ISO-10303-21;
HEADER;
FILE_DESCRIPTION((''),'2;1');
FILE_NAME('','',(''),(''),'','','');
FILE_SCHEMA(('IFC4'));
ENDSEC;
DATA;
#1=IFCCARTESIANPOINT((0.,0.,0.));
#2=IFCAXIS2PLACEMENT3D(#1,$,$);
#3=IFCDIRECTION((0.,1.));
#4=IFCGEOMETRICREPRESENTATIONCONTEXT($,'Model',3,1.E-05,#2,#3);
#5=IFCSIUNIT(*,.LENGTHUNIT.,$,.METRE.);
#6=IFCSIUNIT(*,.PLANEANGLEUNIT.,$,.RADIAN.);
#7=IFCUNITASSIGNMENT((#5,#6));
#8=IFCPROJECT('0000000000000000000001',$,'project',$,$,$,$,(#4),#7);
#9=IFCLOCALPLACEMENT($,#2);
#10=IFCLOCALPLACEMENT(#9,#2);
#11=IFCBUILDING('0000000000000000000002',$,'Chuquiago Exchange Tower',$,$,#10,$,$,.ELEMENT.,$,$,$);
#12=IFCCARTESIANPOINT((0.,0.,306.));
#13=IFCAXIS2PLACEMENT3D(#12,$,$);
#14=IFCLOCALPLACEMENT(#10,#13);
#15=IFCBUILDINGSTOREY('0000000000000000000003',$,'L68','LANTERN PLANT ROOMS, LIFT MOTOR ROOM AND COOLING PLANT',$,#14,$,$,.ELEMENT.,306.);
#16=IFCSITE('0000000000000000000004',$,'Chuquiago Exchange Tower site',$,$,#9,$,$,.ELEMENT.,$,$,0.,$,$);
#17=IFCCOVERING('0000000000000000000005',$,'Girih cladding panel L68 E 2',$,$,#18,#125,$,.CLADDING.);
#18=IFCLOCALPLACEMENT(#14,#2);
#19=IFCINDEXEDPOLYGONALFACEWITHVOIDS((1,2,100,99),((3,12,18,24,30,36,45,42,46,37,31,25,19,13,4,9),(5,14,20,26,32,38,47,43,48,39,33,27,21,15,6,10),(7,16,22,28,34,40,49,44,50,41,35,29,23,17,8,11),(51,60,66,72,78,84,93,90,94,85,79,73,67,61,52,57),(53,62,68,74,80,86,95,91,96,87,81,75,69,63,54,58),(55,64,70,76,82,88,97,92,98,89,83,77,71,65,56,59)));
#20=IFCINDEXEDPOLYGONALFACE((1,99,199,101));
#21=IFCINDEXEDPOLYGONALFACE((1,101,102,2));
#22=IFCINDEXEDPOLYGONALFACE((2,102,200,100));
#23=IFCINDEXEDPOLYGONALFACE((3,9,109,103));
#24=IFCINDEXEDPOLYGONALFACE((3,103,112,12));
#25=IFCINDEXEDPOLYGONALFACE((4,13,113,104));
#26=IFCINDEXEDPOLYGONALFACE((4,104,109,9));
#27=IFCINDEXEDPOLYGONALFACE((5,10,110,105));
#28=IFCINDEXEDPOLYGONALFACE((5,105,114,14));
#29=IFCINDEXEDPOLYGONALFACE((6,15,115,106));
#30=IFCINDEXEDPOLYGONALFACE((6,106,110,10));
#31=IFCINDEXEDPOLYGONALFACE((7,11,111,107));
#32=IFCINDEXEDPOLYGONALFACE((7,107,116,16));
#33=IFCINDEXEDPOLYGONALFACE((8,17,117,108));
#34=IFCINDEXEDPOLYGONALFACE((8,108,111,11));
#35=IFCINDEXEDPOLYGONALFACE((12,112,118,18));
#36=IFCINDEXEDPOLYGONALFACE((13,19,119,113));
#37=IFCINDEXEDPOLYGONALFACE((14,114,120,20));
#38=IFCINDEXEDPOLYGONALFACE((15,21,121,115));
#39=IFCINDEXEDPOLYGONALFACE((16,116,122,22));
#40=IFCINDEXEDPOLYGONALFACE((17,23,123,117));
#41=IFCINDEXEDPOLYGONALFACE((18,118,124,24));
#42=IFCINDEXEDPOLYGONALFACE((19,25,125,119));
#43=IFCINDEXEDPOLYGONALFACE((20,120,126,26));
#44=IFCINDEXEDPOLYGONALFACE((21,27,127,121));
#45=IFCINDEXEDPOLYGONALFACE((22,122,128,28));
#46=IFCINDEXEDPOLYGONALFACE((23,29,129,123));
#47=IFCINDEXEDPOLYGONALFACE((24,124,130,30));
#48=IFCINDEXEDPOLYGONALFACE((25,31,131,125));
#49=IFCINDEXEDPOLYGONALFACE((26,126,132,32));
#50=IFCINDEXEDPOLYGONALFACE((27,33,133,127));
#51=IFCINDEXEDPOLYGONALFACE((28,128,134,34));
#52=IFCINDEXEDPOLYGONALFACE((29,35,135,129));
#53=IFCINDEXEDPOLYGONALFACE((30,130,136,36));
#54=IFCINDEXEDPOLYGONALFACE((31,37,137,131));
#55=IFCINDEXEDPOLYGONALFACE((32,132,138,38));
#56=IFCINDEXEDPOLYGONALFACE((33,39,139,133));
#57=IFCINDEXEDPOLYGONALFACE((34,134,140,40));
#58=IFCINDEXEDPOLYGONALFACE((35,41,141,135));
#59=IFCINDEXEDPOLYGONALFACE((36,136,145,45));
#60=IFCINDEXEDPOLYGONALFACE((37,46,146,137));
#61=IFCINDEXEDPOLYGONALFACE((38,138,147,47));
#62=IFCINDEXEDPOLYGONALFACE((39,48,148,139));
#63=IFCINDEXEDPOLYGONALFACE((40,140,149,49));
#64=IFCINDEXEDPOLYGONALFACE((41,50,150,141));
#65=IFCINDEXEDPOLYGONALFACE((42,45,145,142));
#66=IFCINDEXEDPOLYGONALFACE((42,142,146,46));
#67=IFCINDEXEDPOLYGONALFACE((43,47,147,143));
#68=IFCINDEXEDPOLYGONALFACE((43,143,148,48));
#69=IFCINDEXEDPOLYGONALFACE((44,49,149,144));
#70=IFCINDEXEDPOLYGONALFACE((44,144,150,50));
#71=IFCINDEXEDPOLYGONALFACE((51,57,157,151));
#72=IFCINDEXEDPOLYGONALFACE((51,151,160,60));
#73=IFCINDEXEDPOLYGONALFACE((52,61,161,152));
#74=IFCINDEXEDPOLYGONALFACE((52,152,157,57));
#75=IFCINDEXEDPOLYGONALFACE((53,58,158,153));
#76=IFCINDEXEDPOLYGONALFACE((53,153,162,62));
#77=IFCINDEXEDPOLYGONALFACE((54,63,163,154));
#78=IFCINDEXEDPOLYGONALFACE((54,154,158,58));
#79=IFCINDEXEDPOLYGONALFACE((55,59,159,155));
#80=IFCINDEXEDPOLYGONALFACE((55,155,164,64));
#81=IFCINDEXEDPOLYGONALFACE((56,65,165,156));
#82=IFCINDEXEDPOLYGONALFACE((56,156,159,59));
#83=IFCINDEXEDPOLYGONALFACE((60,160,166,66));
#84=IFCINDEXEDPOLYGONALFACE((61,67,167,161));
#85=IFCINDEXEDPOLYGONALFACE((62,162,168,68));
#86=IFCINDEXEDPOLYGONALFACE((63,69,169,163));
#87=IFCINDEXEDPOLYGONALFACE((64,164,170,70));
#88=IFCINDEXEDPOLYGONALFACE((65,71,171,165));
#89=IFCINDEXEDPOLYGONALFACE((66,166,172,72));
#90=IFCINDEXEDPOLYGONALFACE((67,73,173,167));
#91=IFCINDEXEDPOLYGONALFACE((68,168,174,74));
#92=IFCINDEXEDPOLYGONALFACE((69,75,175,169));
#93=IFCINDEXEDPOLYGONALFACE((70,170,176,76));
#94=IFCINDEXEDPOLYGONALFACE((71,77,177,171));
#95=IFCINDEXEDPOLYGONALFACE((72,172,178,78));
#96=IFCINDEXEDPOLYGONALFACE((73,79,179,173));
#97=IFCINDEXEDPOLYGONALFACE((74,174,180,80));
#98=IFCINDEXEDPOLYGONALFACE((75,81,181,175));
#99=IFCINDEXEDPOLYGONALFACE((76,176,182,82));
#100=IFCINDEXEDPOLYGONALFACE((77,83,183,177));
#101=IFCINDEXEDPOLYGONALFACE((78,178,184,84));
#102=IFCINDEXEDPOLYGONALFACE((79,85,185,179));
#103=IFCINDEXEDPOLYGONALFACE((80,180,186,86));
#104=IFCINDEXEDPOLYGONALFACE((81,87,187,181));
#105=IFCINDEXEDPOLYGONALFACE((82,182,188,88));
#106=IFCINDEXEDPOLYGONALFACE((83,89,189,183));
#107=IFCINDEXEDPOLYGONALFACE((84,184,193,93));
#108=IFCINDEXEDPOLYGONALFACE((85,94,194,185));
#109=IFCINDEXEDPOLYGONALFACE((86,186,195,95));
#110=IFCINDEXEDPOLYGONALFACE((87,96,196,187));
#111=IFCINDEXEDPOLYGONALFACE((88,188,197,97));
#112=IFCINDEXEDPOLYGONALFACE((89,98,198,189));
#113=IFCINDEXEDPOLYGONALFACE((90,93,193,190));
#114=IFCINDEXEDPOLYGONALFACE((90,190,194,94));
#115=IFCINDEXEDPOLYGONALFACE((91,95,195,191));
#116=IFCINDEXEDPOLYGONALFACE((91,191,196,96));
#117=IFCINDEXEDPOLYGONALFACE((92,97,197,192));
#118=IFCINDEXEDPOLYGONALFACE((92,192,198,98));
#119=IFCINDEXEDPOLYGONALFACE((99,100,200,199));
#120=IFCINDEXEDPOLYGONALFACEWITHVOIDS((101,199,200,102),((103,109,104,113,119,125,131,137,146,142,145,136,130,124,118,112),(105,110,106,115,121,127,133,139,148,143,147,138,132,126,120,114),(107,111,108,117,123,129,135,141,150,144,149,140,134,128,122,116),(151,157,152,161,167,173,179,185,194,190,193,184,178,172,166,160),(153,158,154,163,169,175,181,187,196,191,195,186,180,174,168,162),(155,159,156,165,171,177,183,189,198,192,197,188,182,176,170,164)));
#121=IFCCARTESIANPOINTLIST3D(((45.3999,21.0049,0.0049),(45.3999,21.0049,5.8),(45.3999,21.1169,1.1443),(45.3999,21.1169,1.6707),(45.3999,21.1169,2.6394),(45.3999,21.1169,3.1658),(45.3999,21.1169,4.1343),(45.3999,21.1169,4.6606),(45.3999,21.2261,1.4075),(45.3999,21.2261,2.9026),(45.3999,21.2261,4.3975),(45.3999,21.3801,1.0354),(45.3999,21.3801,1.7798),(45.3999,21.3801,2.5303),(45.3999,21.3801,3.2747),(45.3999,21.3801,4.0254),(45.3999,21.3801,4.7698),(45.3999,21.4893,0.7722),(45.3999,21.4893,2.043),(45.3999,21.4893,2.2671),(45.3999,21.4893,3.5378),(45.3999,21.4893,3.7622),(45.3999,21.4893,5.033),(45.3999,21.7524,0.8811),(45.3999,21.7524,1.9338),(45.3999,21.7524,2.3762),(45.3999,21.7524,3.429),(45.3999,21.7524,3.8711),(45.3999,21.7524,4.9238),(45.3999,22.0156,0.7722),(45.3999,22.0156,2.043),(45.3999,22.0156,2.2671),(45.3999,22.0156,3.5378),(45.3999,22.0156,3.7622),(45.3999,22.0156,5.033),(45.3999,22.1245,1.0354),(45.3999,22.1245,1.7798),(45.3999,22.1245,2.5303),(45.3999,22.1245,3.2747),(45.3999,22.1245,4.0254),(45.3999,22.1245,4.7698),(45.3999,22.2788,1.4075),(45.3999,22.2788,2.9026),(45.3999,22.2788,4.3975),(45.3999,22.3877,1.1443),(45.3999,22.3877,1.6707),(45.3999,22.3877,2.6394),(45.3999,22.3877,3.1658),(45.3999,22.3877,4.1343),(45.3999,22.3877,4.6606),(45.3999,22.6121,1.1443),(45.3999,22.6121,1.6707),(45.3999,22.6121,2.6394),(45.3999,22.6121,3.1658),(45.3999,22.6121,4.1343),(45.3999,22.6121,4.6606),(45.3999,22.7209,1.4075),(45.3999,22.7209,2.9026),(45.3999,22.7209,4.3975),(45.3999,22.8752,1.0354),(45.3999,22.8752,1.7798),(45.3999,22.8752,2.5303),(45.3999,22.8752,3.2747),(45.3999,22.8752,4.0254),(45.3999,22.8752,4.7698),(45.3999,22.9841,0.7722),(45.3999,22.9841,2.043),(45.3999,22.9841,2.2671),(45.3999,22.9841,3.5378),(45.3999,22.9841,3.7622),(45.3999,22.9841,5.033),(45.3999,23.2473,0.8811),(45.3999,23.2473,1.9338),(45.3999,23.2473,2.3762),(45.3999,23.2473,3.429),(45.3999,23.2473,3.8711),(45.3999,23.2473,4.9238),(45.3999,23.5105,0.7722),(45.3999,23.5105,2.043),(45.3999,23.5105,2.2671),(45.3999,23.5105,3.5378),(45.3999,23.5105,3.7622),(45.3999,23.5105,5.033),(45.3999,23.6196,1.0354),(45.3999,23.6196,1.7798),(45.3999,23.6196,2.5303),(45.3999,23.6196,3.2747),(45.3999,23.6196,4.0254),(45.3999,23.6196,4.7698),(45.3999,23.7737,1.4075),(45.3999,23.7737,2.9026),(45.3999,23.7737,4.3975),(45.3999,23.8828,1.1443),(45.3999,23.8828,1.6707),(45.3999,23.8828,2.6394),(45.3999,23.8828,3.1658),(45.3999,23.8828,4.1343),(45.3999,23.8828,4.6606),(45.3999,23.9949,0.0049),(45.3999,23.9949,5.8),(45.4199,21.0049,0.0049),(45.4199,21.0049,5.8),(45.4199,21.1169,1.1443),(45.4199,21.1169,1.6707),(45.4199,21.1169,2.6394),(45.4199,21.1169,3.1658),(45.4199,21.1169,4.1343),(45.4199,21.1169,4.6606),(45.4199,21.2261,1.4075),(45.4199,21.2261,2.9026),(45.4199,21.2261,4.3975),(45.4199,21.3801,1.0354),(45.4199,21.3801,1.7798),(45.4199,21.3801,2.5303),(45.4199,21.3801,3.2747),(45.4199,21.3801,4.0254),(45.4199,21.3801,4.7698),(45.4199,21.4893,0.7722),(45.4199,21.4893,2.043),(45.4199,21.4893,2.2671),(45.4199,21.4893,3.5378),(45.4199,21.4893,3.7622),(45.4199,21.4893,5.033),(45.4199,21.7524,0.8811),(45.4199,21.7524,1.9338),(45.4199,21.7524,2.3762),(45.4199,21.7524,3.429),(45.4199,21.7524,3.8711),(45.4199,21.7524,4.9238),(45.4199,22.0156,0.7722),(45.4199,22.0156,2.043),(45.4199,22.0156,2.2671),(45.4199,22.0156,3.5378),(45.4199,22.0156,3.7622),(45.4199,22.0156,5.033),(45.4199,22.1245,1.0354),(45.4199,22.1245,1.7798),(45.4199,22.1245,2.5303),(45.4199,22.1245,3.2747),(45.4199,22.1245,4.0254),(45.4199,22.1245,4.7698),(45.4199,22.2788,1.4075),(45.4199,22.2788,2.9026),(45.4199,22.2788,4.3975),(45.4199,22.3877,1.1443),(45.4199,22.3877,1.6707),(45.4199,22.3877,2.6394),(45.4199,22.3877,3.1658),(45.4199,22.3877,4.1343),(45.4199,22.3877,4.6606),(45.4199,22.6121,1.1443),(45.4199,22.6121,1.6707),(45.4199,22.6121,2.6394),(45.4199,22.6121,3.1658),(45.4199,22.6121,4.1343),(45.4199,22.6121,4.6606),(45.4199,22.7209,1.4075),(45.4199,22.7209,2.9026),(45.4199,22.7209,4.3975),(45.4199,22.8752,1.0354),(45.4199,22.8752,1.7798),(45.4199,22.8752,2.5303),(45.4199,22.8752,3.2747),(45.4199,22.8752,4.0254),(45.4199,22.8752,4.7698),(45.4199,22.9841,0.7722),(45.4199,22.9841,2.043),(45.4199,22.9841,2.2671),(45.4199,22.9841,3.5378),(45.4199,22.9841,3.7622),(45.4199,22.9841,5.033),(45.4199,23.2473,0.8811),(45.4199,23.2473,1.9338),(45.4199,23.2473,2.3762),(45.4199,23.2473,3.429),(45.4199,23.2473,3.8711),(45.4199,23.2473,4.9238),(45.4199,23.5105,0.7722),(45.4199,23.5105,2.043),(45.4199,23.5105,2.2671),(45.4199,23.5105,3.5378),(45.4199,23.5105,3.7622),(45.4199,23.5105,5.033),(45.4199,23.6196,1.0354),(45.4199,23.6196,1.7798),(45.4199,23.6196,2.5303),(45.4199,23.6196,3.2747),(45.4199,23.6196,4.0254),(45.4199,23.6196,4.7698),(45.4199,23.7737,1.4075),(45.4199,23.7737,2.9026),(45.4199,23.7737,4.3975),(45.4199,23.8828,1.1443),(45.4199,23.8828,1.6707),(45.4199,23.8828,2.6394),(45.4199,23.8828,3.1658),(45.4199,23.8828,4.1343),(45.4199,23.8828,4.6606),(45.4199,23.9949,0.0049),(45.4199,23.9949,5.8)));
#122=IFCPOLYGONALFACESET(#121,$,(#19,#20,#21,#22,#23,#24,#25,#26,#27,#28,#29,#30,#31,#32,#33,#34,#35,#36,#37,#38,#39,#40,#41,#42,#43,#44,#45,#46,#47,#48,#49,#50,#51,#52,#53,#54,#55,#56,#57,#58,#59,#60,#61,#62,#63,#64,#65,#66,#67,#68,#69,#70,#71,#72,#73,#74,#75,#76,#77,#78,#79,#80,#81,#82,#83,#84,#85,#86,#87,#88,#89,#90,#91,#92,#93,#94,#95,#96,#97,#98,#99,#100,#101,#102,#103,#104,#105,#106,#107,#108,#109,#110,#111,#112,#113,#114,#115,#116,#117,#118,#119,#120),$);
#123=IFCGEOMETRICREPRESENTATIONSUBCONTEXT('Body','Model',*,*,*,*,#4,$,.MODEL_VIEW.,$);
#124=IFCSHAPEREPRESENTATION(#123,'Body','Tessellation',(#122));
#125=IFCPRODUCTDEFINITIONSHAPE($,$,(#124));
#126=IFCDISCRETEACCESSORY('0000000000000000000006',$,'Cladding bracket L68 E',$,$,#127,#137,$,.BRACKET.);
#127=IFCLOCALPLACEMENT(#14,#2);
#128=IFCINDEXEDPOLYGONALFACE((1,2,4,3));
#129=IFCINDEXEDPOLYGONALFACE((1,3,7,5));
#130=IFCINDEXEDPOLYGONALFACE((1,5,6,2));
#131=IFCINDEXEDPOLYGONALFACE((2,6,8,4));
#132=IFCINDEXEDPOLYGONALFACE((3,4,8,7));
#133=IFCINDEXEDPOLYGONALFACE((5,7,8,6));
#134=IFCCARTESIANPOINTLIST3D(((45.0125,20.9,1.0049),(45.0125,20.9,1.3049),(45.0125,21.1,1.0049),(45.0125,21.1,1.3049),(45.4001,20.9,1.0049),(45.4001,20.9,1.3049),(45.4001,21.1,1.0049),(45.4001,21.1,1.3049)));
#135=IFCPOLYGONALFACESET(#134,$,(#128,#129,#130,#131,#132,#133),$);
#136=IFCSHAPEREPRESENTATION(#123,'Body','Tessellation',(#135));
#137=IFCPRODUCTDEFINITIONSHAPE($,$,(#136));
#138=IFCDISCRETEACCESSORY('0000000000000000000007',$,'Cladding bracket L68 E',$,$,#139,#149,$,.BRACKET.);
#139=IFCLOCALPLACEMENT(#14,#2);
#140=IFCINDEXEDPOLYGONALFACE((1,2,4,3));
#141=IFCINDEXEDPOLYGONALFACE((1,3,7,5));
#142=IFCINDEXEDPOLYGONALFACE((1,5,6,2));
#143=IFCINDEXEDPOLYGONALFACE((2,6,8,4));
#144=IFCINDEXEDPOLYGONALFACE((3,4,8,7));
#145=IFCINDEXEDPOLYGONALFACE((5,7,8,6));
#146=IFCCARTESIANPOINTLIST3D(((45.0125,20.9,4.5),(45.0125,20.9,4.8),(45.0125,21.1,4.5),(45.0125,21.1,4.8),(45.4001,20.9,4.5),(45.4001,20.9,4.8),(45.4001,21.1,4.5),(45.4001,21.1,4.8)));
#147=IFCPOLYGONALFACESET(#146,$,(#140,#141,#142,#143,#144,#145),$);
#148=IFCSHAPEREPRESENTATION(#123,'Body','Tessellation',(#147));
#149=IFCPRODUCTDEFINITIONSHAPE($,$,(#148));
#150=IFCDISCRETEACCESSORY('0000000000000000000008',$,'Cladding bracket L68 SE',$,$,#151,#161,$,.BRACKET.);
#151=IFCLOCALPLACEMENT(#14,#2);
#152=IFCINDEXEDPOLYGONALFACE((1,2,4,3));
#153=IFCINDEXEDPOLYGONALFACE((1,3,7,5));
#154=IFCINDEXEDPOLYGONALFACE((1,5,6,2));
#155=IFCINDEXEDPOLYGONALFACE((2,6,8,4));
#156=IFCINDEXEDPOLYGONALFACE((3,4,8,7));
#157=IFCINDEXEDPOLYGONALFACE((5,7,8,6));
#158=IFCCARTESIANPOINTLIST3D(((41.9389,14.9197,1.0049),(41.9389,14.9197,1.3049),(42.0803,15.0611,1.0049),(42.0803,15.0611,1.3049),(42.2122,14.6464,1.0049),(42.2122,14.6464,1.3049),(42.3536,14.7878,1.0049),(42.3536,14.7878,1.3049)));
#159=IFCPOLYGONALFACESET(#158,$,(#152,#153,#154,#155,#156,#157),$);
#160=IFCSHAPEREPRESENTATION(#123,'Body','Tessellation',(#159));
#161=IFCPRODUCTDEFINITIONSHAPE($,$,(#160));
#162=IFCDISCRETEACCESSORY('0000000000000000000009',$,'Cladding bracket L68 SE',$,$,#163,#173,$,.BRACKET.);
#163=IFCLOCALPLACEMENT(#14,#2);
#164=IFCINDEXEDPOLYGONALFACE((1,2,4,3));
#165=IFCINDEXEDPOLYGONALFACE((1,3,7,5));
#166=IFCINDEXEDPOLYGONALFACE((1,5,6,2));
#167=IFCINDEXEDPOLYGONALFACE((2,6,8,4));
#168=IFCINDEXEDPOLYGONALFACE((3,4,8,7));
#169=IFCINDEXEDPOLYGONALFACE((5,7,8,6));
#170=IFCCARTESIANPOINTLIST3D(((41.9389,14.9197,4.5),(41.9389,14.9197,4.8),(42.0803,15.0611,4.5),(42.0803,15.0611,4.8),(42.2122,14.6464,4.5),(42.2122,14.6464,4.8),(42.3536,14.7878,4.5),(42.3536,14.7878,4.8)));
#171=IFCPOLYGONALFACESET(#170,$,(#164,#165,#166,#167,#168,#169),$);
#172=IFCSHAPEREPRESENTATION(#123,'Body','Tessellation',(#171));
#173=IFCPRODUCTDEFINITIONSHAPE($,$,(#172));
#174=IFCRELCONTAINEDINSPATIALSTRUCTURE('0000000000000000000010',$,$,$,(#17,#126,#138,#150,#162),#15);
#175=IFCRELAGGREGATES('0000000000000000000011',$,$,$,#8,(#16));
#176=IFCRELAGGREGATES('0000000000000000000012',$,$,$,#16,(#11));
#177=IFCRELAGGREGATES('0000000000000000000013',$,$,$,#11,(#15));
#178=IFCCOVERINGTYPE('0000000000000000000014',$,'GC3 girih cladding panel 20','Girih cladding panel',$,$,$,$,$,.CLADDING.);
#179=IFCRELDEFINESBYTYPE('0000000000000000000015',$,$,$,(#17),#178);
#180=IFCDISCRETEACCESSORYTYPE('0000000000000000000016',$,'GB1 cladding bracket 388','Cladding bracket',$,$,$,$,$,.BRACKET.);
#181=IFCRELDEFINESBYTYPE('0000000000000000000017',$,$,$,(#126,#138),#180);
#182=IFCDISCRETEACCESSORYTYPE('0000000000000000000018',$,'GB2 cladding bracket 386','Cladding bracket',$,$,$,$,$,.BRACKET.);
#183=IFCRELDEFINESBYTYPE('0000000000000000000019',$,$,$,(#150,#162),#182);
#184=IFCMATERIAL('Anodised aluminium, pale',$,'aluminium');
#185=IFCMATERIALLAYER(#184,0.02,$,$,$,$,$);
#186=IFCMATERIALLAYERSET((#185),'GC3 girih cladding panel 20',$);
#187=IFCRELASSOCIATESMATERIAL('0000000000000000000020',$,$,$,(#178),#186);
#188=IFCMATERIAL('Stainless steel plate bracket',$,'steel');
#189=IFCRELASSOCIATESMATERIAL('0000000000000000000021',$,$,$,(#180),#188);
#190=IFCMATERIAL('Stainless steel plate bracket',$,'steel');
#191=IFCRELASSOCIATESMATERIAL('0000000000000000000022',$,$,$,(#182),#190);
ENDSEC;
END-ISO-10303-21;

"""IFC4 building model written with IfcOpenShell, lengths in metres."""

from ifc_helpers import new_model, si_unit, direction, frame, origin, origin_2d, place, context, subcontext, project, spatial, polyline, rectangle, outline, extrude, material, layer, layer_set, type_object, element, save


model = new_model("IFC4")

# Units and contexts
model_context = context("Model", 3, precision=1e-05, world=origin(), true_north=direction((0.0, 1.0)))
body_context = subcontext(model_context, "Body", "Model", "MODEL_VIEW")
ifc_project = project(units=[si_unit("LENGTHUNIT", "METRE"), si_unit("PLANEANGLEUNIT", "RADIAN")], contexts=[model_context])

# Site, building, storey
site_placement = place(None, origin())
site = spatial("IfcSite", under=ifc_project, at=site_placement, Name="Chuquiago Exchange Tower site", CompositionType="ELEMENT", RefElevation=0.0)
building_placement = place(site_placement, origin())
building = spatial("IfcBuilding", under=site, at=building_placement, Name="Chuquiago Exchange Tower", CompositionType="ELEMENT")
storey_placement = place(building_placement, frame((0.0, 0.0, 306.0)))
storey = spatial("IfcBuildingStorey", under=building, at=storey_placement, Name="L68", Description="LANTERN PLANT ROOMS, LIFT MOTOR ROOM AND COOLING PLANT", CompositionType="ELEMENT", Elevation=306.0)

# Covering
ifc_material_1 = material(Name="Anodised aluminium, pale", Category="aluminium")
ifc_layer_1 = layer(ifc_material_1, 0.02)
ifc_layer_set_1 = layer_set([ifc_layer_1], Name="GC3 girih cladding panel 20")
covering_type = type_object("IfcCoveringType", Name="GC3 girih cladding panel 20", Description="Girih cladding panel", PredefinedType="CLADDING", material=ifc_layer_set_1)
covering_1_placement = place(storey_placement, frame((45.3999, 21.0049, 0.0049), z_axis=(0.0, 0.0, 1.0), x_axis=(0.0, 1.0, 0.0)))
element("IfcCovering", 1, at=covering_1_placement, inside=storey, type_object=covering_type, Name="Girih cladding panel L68 E 2", PredefinedType="CLADDING", context=body_context, shape_type="SweptSolid", body=[
    extrude(outline(polyline([(0.0, 0.0), (2.99, 0.0), (2.99, 5.7952), (0.0, 5.7952), (0.0, 0.0)]), holes=[polyline([(1.2739, 1.4026), (1.3828, 1.6658), (1.1196, 1.7749), (1.0107, 2.0381), (0.7476, 1.929), (0.4844, 2.0381), (0.3752, 1.7749), (0.1121, 1.6658), (0.2212, 1.4026), (0.1121, 1.1394), (0.3752, 1.0305), (0.4844, 0.7673), (0.7476, 0.8762), (1.0107, 0.7673), (1.1196, 1.0305), (1.3828, 1.1394), (1.2739, 1.4026)]), polyline([(2.7688, 1.4026), (2.8779, 1.6658), (2.6147, 1.7749), (2.5056, 2.0381), (2.2424, 1.929), (1.9792, 2.0381), (1.8704, 1.7749), (1.6072, 1.6658), (1.7161, 1.4026), (1.6072, 1.1394), (1.8704, 1.0305), (1.9792, 0.7673), (2.2424, 0.8762), (2.5056, 0.7673), (2.6147, 1.0305), (2.8779, 1.1394), (2.7688, 1.4026)]), polyline([(1.2739, 2.8977), (1.3828, 3.1609), (1.1196, 3.2698), (1.0107, 3.533), (0.7476, 3.4241), (0.4844, 3.533), (0.3752, 3.2698), (0.1121, 3.1609), (0.2212, 2.8977), (0.1121, 2.6345), (0.3752, 2.5254), (0.4844, 2.2622), (0.7476, 2.3713), (1.0107, 2.2622), (1.1196, 2.5254), (1.3828, 2.6345), (1.2739, 2.8977)]), polyline([(2.7688, 2.8977), (2.8779, 3.1609), (2.6147, 3.2698), (2.5056, 3.533), (2.2424, 3.4241), (1.9792, 3.533), (1.8704, 3.2698), (1.6072, 3.1609), (1.7161, 2.8977), (1.6072, 2.6345), (1.8704, 2.5254), (1.9792, 2.2622), (2.2424, 2.3713), (2.5056, 2.2622), (2.6147, 2.5254), (2.8779, 2.6345), (2.7688, 2.8977)]), polyline([(1.2739, 4.3926), (1.3828, 4.6558), (1.1196, 4.7649), (1.0107, 5.0281), (0.7476, 4.9189), (0.4844, 5.0281), (0.3752, 4.7649), (0.1121, 4.6558), (0.2212, 4.3926), (0.1121, 4.1294), (0.3752, 4.0205), (0.4844, 3.7573), (0.7476, 3.8662), (1.0107, 3.7573), (1.1196, 4.0205), (1.3828, 4.1294), (1.2739, 4.3926)]), polyline([(2.7688, 4.3926), (2.8779, 4.6558), (2.6147, 4.7649), (2.5056, 5.0281), (2.2424, 4.9189), (1.9792, 5.0281), (1.8704, 4.7649), (1.6072, 4.6558), (1.7161, 4.3926), (1.6072, 4.1294), (1.8704, 4.0205), (1.9792, 3.7573), (2.2424, 3.8662), (2.5056, 3.7573), (2.6147, 4.0205), (2.8779, 4.1294), (2.7688, 4.3926)])]), frame((0.0, 0.0, 0.0), z_axis=(0.0, -1.0, 0.0), x_axis=(1.0, 0.0, 0.0)), (0.0, 0.0, 1.0), 0.02),
])

# Discrete accessories
ifc_material_2 = material(Name="Stainless steel plate bracket", Category="steel")
discrete_accessory_type_1 = type_object("IfcDiscreteAccessoryType", Name="GB1 cladding bracket 388", Description="Cladding bracket", PredefinedType="BRACKET", material=ifc_material_2)
for number, where, z_axis, x_axis, name in (
    (2, (45.2063, 21.0, 1.0049), (0.0, 0.0, 1.0), (0.0, 1.0, 0.0), "Cladding bracket L68 E"),
    (3, (45.2063, 21.0, 4.5), (0.0, 0.0, 1.0), (0.0, 1.0, 0.0), "Cladding bracket L68 E"),
):
    element("IfcDiscreteAccessory", number, at=place(storey_placement, frame(where, z_axis=z_axis, x_axis=x_axis)), inside=storey, type_object=discrete_accessory_type_1, Name=name, PredefinedType="BRACKET", context=body_context, shape_type="SweptSolid", body=[
        extrude(rectangle(XDim=0.2, YDim=0.3877, at=origin_2d()), origin(), (0.0, 0.0, 1.0), 0.3),
    ])
ifc_material_3 = material(Name="Stainless steel plate bracket", Category="steel")
discrete_accessory_type_2 = type_object("IfcDiscreteAccessoryType", Name="GB2 cladding bracket 386", Description="Cladding bracket", PredefinedType="BRACKET", material=ifc_material_3)
for number, where, z_axis, x_axis, name in (
    (4, (42.1462, 14.8538, 1.0049), (0.0, 0.0, 1.0), (0.707107, 0.707107, 0.0), "Cladding bracket L68 SE"),
    (5, (42.1462, 14.8538, 4.5), (0.0, 0.0, 1.0), (0.707107, 0.707107, 0.0), "Cladding bracket L68 SE"),
):
    element("IfcDiscreteAccessory", number, at=place(storey_placement, frame(where, z_axis=z_axis, x_axis=x_axis)), inside=storey, type_object=discrete_accessory_type_2, Name=name, PredefinedType="BRACKET", context=body_context, shape_type="SweptSolid", body=[
        extrude(rectangle(XDim=0.2, YDim=0.3865, at=origin_2d()), origin(), (0.0, 0.0, 1.0), 0.3),
    ])

save(model, "model.ifc")
